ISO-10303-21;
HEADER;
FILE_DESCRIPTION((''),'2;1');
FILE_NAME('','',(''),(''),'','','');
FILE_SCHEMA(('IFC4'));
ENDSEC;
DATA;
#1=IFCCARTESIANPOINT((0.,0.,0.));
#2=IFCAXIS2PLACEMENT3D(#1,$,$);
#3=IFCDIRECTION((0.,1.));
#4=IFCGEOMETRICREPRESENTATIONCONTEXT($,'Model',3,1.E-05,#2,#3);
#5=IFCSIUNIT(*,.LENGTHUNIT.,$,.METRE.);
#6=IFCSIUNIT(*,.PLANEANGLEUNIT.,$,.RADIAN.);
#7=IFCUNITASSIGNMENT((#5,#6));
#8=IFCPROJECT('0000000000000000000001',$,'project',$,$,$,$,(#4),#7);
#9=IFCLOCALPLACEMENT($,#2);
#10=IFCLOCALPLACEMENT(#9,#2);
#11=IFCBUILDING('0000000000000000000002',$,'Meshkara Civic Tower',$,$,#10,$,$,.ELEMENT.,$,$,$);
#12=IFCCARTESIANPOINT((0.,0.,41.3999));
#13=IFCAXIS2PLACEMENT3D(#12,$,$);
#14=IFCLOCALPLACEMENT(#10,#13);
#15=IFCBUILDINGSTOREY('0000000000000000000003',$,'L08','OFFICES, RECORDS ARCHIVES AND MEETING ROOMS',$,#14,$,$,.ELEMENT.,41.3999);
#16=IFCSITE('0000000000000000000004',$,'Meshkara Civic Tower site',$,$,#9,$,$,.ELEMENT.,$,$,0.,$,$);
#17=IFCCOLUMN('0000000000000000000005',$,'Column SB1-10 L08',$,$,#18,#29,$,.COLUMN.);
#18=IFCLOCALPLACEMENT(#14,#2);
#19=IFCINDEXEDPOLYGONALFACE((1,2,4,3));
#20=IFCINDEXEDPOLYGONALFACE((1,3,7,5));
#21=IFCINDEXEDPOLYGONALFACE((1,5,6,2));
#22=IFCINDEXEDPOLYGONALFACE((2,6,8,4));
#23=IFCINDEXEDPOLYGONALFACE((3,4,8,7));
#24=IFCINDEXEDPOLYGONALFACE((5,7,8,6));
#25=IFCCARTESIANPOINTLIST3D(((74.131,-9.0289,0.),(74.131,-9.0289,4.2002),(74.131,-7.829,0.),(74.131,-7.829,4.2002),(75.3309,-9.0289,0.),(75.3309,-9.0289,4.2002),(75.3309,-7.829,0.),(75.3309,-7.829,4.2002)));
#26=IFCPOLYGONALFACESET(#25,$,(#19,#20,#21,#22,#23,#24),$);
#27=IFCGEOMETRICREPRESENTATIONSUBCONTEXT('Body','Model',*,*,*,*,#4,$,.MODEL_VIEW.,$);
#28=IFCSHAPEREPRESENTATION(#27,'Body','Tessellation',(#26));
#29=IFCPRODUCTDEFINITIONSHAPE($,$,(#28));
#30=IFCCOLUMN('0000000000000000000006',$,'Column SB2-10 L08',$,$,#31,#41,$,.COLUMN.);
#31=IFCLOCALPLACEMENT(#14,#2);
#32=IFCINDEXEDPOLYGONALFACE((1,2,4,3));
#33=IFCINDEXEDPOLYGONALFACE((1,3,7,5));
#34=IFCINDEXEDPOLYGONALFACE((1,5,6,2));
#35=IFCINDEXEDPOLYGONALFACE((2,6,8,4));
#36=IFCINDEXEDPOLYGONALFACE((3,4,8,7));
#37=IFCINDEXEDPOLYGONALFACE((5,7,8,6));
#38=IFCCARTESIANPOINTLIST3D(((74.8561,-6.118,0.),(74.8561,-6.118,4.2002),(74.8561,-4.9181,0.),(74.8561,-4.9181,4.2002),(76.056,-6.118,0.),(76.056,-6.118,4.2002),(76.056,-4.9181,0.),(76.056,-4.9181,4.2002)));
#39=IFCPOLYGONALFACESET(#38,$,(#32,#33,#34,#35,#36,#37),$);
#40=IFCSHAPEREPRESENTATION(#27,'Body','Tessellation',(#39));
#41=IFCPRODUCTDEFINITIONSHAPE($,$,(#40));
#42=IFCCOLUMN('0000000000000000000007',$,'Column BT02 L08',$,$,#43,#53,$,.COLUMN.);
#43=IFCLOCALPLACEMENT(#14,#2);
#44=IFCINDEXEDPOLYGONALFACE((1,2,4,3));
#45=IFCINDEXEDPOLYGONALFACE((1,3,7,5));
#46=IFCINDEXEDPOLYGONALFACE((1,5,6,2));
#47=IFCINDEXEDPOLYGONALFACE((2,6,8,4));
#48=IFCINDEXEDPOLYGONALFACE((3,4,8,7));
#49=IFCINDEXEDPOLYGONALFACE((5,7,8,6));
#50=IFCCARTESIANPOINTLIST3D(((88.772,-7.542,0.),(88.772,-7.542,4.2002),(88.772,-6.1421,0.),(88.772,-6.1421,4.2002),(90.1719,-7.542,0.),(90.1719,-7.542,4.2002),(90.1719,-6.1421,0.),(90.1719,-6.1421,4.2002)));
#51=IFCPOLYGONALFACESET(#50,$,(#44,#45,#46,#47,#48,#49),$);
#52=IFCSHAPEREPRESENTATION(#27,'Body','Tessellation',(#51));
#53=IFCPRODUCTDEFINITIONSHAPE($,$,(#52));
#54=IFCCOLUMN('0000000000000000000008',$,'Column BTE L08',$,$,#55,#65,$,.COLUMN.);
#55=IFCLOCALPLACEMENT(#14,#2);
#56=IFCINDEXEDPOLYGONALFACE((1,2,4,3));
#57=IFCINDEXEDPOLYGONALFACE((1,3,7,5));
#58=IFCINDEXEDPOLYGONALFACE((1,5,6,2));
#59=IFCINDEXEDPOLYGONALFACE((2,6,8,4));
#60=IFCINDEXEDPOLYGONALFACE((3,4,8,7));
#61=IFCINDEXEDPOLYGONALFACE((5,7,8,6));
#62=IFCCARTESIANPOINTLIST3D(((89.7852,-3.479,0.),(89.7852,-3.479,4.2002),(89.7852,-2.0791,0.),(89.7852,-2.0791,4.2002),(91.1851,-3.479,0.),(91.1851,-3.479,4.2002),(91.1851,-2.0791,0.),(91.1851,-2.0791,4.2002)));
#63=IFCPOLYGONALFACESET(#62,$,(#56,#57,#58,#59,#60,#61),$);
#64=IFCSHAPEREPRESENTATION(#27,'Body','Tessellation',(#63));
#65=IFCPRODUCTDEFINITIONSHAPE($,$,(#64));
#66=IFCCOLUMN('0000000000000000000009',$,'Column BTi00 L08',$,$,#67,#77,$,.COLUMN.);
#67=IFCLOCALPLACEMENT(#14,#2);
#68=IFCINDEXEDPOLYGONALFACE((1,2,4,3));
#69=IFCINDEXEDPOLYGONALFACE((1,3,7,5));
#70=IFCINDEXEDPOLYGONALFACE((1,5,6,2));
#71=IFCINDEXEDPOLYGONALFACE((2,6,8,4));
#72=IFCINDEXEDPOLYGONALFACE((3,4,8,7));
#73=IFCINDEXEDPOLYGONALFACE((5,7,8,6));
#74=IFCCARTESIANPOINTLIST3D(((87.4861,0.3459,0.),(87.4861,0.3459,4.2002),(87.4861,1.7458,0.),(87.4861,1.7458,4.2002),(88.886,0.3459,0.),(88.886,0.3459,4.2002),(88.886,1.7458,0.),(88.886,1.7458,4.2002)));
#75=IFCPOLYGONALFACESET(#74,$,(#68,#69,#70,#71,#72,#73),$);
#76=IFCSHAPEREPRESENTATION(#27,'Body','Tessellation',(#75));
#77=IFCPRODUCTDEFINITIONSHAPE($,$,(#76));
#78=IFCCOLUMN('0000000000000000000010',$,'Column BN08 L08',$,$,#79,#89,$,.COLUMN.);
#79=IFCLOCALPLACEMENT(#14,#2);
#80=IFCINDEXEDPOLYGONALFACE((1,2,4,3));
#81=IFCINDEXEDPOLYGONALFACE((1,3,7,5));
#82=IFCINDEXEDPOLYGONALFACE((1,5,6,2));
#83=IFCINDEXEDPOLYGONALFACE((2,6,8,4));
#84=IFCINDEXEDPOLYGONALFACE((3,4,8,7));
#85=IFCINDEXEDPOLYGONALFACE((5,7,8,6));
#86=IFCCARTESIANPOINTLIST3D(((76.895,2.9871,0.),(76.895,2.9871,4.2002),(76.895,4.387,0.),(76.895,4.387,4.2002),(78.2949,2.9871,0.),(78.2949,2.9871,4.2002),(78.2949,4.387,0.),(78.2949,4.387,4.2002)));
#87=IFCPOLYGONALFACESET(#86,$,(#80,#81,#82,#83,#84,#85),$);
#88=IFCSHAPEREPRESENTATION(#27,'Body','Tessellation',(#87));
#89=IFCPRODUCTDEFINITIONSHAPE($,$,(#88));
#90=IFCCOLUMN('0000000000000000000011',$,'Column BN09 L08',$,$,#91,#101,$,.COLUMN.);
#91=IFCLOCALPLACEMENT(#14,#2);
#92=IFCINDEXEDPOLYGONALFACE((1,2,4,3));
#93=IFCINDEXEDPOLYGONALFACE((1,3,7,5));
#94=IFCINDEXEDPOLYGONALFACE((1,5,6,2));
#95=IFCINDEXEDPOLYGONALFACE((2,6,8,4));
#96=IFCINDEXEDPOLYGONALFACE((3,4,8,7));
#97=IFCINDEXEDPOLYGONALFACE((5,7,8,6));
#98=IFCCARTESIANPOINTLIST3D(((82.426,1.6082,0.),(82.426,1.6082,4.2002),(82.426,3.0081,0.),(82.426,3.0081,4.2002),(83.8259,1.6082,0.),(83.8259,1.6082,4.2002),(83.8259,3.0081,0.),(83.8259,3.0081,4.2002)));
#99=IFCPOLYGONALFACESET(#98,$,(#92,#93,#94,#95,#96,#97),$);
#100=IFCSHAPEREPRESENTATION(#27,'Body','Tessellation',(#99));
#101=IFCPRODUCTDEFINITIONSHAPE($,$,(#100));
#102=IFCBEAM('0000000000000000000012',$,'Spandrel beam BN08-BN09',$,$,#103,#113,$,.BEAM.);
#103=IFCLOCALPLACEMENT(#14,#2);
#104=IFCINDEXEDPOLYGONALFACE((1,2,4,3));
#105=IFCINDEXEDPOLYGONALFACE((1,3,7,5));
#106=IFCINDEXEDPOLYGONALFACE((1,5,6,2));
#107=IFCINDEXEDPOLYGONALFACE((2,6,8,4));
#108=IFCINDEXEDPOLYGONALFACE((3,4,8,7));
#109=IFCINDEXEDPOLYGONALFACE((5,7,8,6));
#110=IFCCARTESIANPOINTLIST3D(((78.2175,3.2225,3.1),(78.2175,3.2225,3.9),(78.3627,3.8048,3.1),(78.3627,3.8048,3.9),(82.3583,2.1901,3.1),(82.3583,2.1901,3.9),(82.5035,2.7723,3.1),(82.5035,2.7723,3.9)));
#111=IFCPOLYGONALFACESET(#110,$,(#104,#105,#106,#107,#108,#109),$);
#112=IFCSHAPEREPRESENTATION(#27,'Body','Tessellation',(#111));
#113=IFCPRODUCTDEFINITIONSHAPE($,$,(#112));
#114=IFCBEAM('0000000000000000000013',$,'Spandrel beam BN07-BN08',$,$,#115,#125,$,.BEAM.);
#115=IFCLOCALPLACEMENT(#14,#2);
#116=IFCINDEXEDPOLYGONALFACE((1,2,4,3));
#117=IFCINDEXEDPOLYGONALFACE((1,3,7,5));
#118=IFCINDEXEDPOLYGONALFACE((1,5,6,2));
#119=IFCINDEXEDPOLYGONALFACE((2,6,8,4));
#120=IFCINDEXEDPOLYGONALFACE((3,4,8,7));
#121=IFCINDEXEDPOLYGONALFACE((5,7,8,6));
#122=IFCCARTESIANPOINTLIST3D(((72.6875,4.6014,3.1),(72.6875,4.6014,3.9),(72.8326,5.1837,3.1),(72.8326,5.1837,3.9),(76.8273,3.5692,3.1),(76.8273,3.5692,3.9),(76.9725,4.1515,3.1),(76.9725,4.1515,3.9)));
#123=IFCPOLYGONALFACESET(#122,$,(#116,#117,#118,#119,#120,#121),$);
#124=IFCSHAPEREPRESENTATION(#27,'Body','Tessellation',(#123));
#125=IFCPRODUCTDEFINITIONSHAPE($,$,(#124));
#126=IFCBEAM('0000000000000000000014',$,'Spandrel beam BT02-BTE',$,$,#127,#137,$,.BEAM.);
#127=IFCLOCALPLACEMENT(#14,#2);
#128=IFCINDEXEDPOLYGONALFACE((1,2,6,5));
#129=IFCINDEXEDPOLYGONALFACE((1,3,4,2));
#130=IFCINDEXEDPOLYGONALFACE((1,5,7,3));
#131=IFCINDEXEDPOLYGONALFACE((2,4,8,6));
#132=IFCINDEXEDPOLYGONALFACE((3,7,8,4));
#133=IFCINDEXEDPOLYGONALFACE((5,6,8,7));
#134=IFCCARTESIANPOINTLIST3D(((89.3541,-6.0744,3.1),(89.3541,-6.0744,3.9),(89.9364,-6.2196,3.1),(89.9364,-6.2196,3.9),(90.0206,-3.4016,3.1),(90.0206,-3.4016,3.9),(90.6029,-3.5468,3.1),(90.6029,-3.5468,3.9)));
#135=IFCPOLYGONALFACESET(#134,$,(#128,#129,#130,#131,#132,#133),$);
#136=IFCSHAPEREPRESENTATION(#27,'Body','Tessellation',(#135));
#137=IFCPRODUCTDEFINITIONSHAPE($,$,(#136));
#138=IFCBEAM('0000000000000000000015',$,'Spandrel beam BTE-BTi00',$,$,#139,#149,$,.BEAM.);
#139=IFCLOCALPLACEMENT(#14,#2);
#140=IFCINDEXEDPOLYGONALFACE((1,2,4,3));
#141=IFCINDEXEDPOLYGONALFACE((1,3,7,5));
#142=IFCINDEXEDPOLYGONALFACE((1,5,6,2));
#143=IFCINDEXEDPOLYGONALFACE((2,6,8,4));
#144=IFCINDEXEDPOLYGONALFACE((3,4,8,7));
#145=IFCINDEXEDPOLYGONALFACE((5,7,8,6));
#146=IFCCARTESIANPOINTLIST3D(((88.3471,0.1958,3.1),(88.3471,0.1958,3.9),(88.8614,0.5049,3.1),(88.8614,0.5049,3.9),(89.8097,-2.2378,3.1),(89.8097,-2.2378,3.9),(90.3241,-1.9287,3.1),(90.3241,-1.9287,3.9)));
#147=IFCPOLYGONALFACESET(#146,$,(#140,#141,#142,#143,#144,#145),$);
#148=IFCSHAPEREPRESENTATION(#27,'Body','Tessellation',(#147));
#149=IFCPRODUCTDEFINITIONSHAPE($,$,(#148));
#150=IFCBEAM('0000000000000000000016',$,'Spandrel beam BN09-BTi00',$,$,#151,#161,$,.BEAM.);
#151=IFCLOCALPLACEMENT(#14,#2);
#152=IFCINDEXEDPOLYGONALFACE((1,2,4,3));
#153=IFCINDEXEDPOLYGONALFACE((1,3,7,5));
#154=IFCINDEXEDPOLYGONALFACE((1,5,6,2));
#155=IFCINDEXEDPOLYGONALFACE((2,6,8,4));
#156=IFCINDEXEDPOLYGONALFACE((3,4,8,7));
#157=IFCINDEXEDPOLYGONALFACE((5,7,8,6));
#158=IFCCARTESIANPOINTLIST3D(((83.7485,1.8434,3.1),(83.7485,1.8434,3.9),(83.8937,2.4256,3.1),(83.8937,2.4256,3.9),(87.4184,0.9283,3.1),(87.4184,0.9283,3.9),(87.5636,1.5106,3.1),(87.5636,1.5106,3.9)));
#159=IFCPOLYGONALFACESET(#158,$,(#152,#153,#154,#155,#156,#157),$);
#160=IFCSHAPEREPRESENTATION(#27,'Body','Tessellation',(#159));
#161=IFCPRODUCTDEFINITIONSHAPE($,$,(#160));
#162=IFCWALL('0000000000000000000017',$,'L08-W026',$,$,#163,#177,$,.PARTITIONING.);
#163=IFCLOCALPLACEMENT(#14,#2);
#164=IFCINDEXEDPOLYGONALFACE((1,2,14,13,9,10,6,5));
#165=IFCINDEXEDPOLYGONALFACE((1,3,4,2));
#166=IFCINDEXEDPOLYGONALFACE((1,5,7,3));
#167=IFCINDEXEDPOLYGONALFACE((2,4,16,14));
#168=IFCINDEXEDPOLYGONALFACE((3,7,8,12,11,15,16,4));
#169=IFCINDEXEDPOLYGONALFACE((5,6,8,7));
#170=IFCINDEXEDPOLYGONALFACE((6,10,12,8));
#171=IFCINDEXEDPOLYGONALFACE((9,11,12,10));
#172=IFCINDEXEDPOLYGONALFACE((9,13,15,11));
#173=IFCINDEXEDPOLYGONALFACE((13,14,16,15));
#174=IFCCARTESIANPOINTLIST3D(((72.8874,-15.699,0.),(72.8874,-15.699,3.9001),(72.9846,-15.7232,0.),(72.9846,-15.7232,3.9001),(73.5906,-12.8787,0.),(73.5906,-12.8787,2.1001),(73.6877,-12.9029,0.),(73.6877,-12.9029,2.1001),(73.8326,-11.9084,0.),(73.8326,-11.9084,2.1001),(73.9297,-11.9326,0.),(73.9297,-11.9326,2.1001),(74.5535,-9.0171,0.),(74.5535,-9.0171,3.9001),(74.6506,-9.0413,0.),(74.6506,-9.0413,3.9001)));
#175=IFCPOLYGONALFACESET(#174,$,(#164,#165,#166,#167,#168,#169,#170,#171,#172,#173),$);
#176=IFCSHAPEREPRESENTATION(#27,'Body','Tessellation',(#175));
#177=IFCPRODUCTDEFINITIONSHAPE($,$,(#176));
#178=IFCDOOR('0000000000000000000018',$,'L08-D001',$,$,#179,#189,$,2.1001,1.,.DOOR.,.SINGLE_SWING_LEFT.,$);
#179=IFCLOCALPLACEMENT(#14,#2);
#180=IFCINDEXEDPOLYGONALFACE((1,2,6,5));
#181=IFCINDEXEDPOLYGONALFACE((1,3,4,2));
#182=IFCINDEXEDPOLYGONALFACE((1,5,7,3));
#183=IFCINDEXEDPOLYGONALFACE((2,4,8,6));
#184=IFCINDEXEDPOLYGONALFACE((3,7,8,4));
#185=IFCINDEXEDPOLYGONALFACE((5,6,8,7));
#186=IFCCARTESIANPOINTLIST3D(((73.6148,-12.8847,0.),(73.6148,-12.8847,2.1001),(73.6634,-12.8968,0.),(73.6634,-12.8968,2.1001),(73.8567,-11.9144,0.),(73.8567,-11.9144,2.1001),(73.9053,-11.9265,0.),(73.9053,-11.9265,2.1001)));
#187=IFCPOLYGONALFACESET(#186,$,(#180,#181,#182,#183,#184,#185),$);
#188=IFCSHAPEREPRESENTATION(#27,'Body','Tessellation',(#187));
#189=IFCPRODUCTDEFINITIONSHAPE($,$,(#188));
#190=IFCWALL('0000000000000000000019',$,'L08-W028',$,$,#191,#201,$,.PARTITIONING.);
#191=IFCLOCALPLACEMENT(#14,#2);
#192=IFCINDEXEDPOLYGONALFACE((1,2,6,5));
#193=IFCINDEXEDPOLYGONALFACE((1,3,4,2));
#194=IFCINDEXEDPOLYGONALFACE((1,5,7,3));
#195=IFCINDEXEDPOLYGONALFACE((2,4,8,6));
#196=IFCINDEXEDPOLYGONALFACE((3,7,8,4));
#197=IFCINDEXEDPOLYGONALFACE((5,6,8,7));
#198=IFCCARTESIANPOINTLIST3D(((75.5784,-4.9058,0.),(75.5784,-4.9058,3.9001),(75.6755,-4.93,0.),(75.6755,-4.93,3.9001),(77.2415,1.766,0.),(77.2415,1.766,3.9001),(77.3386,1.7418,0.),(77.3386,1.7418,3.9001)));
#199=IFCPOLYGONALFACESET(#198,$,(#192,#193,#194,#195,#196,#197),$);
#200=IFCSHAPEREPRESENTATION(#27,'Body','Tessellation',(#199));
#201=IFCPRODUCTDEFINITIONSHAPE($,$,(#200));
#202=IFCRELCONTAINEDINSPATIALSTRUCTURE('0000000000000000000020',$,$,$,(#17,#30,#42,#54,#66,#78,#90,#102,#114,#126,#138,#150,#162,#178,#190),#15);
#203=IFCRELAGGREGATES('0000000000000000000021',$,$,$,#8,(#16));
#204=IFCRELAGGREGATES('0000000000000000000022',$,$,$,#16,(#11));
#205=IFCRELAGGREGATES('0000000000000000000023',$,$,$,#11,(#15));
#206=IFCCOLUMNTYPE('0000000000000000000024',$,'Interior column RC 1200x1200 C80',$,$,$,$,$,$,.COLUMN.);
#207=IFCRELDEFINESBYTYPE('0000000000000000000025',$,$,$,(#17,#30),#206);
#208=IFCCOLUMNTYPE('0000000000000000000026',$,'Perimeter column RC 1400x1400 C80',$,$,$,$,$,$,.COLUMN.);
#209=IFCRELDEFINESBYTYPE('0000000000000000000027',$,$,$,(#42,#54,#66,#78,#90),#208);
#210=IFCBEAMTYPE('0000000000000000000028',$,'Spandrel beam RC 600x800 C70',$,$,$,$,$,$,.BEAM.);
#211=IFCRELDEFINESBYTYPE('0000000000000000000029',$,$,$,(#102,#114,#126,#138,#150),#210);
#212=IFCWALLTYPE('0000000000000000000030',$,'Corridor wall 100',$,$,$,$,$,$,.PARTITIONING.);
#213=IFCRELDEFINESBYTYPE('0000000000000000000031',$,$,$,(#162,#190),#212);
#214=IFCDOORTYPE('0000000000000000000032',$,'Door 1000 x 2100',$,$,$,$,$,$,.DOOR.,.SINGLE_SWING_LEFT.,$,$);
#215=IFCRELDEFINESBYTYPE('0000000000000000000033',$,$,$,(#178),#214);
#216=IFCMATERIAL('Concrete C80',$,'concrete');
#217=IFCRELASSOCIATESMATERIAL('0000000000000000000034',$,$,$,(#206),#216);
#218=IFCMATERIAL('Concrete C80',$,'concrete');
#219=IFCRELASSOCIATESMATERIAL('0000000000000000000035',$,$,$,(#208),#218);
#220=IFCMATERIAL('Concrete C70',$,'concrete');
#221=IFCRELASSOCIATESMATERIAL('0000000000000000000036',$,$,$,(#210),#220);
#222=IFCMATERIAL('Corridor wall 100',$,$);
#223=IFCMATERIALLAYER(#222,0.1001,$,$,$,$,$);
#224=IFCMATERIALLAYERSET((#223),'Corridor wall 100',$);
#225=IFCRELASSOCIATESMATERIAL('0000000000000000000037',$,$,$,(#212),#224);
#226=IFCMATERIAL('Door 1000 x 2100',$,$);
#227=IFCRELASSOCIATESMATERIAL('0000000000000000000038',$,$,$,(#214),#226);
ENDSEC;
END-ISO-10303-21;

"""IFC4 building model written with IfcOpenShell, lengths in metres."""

from ifc_helpers import new_model, si_unit, direction, frame, frame_2d, origin, origin_2d, place, context, subcontext, project, spatial, rectangle, extrude, material, layer, layer_set, material_profile, profile_set, type_object, element, fill, save


model = new_model("IFC4")

# Units and contexts
model_context = context("Model", 3, precision=1e-05, world=origin(), true_north=direction((0.0, 1.0)))
body_context = subcontext(model_context, "Body", "Model", "MODEL_VIEW")
ifc_project = project(units=[si_unit("LENGTHUNIT", "METRE"), si_unit("PLANEANGLEUNIT", "RADIAN")], contexts=[model_context])

# Site, building, storey
site_placement = place(None, origin())
site = spatial("IfcSite", under=ifc_project, at=site_placement, Name="Meshkara Civic Tower site", CompositionType="ELEMENT", RefElevation=0.0)
building_placement = place(site_placement, origin())
building = spatial("IfcBuilding", under=site, at=building_placement, Name="Meshkara Civic Tower", CompositionType="ELEMENT")
storey_placement = place(building_placement, frame((0.0, 0.0, 41.3999)))
storey = spatial("IfcBuildingStorey", under=building, at=storey_placement, Name="L08", Description="OFFICES, RECORDS ARCHIVES AND MEETING ROOMS", CompositionType="ELEMENT", Elevation=41.3999)

# Columns
ifc_material_1 = material(Name="Concrete C80", Category="concrete")
ifc_material_profile_1 = material_profile(ifc_material_1, rectangle(XDim=1.2, YDim=1.2, at=origin_2d()))
ifc_profile_set_1 = profile_set([ifc_material_profile_1], Name="Concrete C80")
column_type_1 = type_object("IfcColumnType", Name="Interior column RC 1200x1200 C80", PredefinedType="COLUMN", material=ifc_profile_set_1)
for number, where, z_axis, x_axis, name in (
    (1, (74.731, -8.429, 0.0), (0.0, 0.0, 1.0), (1.0, 0.0, 0.0), "Column SB1-10 L08"),
    (2, (75.4561, -5.5181, 0.0), (0.0, 0.0, 1.0), (1.0, 0.0, 0.0), "Column SB2-10 L08"),
):
    element("IfcColumn", number, at=place(storey_placement, frame(where, z_axis=z_axis, x_axis=x_axis)), inside=storey, type_object=column_type_1, Name=name, PredefinedType="COLUMN", context=body_context, shape_type="SweptSolid", body=[
        extrude(rectangle(XDim=1.2, YDim=1.2, at=origin_2d()), origin(), (0.0, 0.0, 1.0), 4.2002),
    ])
ifc_material_2 = material(Name="Concrete C80", Category="concrete")
ifc_material_profile_2 = material_profile(ifc_material_2, rectangle(XDim=1.3999, YDim=1.3999, at=origin_2d()))
ifc_profile_set_2 = profile_set([ifc_material_profile_2], Name="Concrete C80")
column_type_2 = type_object("IfcColumnType", Name="Perimeter column RC 1400x1400 C80", PredefinedType="COLUMN", material=ifc_profile_set_2)
for number, where, z_axis, x_axis, name in (
    (3, (89.4719, -6.842, 0.0), (0.0, 0.0, 1.0), (1.0, 0.0, 0.0), "Column BT02 L08"),
    (4, (90.4851, -2.7791, 0.0), (0.0, 0.0, 1.0), (1.0, 0.0, 0.0), "Column BTE L08"),
    (5, (88.186, 1.0459, 0.0), (0.0, 0.0, 1.0), (1.0, 0.0, 0.0), "Column BTi00 L08"),
    (6, (77.595, 3.687, 0.0), (0.0, 0.0, 1.0), (1.0, 0.0, 0.0), "Column BN08 L08"),
    (7, (83.126, 2.3081, 0.0), (0.0, 0.0, 1.0), (1.0, 0.0, 0.0), "Column BN09 L08"),
):
    element("IfcColumn", number, at=place(storey_placement, frame(where, z_axis=z_axis, x_axis=x_axis)), inside=storey, type_object=column_type_2, Name=name, PredefinedType="COLUMN", context=body_context, shape_type="SweptSolid", body=[
        extrude(rectangle(XDim=1.3999, YDim=1.3999, at=origin_2d()), origin(), (0.0, 0.0, 1.0), 4.2002),
    ])

# Beams
ifc_material_3 = material(Name="Concrete C70", Category="concrete")
ifc_material_profile_3 = material_profile(ifc_material_3, rectangle(XDim=0.6001, YDim=0.8, at=origin_2d()))
ifc_profile_set_3 = profile_set([ifc_material_profile_3], Name="Concrete C70")
beam_type = type_object("IfcBeamType", Name="Spandrel beam RC 600x800 C70", PredefinedType="BEAM", material=ifc_profile_set_3)
beam_1_placement = place(storey_placement, frame((82.4309, 2.4812, 3.5), z_axis=(-0.970294, 0.24193, 0.0), x_axis=(-0.24193, -0.970294, 0.0)))
element("IfcBeam", 8, at=beam_1_placement, inside=storey, type_object=beam_type, Name="Spandrel beam BN08-BN09", PredefinedType="BEAM", context=body_context, shape_type="SweptSolid", body=[
    extrude(rectangle(XDim=0.6001, YDim=0.8, at=origin_2d()), origin(), (0.0, 0.0, 1.0), 4.2676),
])
beam_2_placement = place(storey_placement, frame((76.8999, 3.8604, 3.5), z_axis=(-0.970294, 0.24193, 0.0), x_axis=(-0.24193, -0.970294, 0.0)))
element("IfcBeam", 9, at=beam_2_placement, inside=storey, type_object=beam_type, Name="Spandrel beam BN07-BN08", PredefinedType="BEAM", context=body_context, shape_type="SweptSolid", body=[
    extrude(rectangle(XDim=0.6001, YDim=0.8, at=origin_2d()), origin(), (0.0, 0.0, 1.0), 4.2666),
])
beam_3_placement = place(storey_placement, frame((89.6453, -6.147, 3.5), z_axis=(0.241952, 0.970288, 0.0), x_axis=(-0.970288, 0.241952, 0.0)))
element("IfcBeam", 10, at=beam_3_placement, inside=storey, type_object=beam_type, Name="Spandrel beam BT02-BTE", PredefinedType="BEAM", context=body_context, shape_type="SweptSolid", body=[
    extrude(rectangle(XDim=0.6001, YDim=0.8, at=origin_2d()), origin(), (0.0, 0.0, 1.0), 2.7546),
])
beam_4_placement = place(storey_placement, frame((90.0669, -2.0833, 3.5), z_axis=(-0.515141, 0.857106, 0.0), x_axis=(-0.857106, -0.515141, 0.0)))
element("IfcBeam", 11, at=beam_4_placement, inside=storey, type_object=beam_type, Name="Spandrel beam BTE-BTi00", PredefinedType="BEAM", context=body_context, shape_type="SweptSolid", body=[
    extrude(rectangle(XDim=0.6001, YDim=0.8, at=origin_2d()), origin(), (0.0, 0.0, 1.0), 2.8394),
])
beam_5_placement = place(storey_placement, frame((87.491, 1.2195, 3.5), z_axis=(-0.970294, 0.241928, 0.0), x_axis=(-0.241928, -0.970294, 0.0)))
element("IfcBeam", 12, at=beam_5_placement, inside=storey, type_object=beam_type, Name="Spandrel beam BN09-BTi00", PredefinedType="BEAM", context=body_context, shape_type="SweptSolid", body=[
    extrude(rectangle(XDim=0.6001, YDim=0.8, at=origin_2d()), origin(), (0.0, 0.0, 1.0), 3.7822),
])

# Wall, opening, door
ifc_material_4 = material(Name="Corridor wall 100")
ifc_layer_1 = layer(ifc_material_4, 0.1001)
ifc_layer_set_1 = layer_set([ifc_layer_1], Name="Corridor wall 100")
wall_type_1 = type_object("IfcWallType", Name="Corridor wall 100", PredefinedType="PARTITIONING", material=ifc_layer_set_1)
wall_1_placement = place(storey_placement, frame((74.6021, -9.0291, 0.0), z_axis=(0.0, 0.0, 1.0), x_axis=(-0.241927, -0.970295, 0.0)))
wall_1 = element("IfcWall", 13, at=wall_1_placement, inside=storey, type_object=wall_type_1, Name="L08-W026", PredefinedType="PARTITIONING", context=body_context, shape_type="SweptSolid", body=[
    extrude(rectangle(XDim=6.8865, YDim=0.1001, at=frame_2d((3.4434, 0.0))), origin(), (0.0, 0.0, 1.0), 3.9001),
])
opening_1_placement = place(wall_1_placement, frame((2.98, 0.0, 0.0)))
opening_1 = element("IfcOpeningElement", 14, at=opening_1_placement, cuts=wall_1, PredefinedType="OPENING", context=body_context, shape_type="SweptSolid", body=[
    extrude(rectangle(XDim=1.0, YDim=2.1001, at=frame_2d((0.5, 1.05))), frame((0.0, 0.0601, 0.0), z_axis=(0.0, -1.0, 0.0), x_axis=(1.0, 0.0, 0.0)), (0.0, 0.0, 1.0), 0.1201),
])
ifc_material_5 = material(Name="Door 1000 x 2100")
door_type_1 = type_object("IfcDoorType", Name="Door 1000 x 2100", OperationType="SINGLE_SWING_LEFT", PredefinedType="DOOR", material=ifc_material_5)
door_1_placement = place(opening_1_placement, origin())
door_1 = element("IfcDoor", 15, at=door_1_placement, inside=storey, type_object=door_type_1, Name="L08-D001", OperationType="SINGLE_SWING_LEFT", OverallHeight=2.1001, OverallWidth=1.0, PredefinedType="DOOR", context=body_context, shape_type="SweptSolid", body=[
    extrude(rectangle(XDim=1.0, YDim=2.1001, at=frame_2d((0.5, 1.05))), frame((0.0, 0.0249, 0.0), z_axis=(0.0, -1.0, 0.0), x_axis=(1.0, 0.0, 0.0)), (0.0, 0.0, 1.0), 0.05),
])
fill(opening_1, door_1)

# Wall
wall_2_placement = place(storey_placement, frame((77.29, 1.7539, 0.0), z_axis=(0.0, 0.0, 1.0), x_axis=(-0.241867, -0.970309, 0.0)))
element("IfcWall", 16, at=wall_2_placement, inside=storey, type_object=wall_type_1, Name="L08-W028", PredefinedType="PARTITIONING", context=body_context, shape_type="SweptSolid", body=[
    extrude(rectangle(XDim=6.876, YDim=0.1001, at=frame_2d((3.438, 0.0))), origin(), (0.0, 0.0, 1.0), 3.9001),
])

save(model, "model.ifc")
